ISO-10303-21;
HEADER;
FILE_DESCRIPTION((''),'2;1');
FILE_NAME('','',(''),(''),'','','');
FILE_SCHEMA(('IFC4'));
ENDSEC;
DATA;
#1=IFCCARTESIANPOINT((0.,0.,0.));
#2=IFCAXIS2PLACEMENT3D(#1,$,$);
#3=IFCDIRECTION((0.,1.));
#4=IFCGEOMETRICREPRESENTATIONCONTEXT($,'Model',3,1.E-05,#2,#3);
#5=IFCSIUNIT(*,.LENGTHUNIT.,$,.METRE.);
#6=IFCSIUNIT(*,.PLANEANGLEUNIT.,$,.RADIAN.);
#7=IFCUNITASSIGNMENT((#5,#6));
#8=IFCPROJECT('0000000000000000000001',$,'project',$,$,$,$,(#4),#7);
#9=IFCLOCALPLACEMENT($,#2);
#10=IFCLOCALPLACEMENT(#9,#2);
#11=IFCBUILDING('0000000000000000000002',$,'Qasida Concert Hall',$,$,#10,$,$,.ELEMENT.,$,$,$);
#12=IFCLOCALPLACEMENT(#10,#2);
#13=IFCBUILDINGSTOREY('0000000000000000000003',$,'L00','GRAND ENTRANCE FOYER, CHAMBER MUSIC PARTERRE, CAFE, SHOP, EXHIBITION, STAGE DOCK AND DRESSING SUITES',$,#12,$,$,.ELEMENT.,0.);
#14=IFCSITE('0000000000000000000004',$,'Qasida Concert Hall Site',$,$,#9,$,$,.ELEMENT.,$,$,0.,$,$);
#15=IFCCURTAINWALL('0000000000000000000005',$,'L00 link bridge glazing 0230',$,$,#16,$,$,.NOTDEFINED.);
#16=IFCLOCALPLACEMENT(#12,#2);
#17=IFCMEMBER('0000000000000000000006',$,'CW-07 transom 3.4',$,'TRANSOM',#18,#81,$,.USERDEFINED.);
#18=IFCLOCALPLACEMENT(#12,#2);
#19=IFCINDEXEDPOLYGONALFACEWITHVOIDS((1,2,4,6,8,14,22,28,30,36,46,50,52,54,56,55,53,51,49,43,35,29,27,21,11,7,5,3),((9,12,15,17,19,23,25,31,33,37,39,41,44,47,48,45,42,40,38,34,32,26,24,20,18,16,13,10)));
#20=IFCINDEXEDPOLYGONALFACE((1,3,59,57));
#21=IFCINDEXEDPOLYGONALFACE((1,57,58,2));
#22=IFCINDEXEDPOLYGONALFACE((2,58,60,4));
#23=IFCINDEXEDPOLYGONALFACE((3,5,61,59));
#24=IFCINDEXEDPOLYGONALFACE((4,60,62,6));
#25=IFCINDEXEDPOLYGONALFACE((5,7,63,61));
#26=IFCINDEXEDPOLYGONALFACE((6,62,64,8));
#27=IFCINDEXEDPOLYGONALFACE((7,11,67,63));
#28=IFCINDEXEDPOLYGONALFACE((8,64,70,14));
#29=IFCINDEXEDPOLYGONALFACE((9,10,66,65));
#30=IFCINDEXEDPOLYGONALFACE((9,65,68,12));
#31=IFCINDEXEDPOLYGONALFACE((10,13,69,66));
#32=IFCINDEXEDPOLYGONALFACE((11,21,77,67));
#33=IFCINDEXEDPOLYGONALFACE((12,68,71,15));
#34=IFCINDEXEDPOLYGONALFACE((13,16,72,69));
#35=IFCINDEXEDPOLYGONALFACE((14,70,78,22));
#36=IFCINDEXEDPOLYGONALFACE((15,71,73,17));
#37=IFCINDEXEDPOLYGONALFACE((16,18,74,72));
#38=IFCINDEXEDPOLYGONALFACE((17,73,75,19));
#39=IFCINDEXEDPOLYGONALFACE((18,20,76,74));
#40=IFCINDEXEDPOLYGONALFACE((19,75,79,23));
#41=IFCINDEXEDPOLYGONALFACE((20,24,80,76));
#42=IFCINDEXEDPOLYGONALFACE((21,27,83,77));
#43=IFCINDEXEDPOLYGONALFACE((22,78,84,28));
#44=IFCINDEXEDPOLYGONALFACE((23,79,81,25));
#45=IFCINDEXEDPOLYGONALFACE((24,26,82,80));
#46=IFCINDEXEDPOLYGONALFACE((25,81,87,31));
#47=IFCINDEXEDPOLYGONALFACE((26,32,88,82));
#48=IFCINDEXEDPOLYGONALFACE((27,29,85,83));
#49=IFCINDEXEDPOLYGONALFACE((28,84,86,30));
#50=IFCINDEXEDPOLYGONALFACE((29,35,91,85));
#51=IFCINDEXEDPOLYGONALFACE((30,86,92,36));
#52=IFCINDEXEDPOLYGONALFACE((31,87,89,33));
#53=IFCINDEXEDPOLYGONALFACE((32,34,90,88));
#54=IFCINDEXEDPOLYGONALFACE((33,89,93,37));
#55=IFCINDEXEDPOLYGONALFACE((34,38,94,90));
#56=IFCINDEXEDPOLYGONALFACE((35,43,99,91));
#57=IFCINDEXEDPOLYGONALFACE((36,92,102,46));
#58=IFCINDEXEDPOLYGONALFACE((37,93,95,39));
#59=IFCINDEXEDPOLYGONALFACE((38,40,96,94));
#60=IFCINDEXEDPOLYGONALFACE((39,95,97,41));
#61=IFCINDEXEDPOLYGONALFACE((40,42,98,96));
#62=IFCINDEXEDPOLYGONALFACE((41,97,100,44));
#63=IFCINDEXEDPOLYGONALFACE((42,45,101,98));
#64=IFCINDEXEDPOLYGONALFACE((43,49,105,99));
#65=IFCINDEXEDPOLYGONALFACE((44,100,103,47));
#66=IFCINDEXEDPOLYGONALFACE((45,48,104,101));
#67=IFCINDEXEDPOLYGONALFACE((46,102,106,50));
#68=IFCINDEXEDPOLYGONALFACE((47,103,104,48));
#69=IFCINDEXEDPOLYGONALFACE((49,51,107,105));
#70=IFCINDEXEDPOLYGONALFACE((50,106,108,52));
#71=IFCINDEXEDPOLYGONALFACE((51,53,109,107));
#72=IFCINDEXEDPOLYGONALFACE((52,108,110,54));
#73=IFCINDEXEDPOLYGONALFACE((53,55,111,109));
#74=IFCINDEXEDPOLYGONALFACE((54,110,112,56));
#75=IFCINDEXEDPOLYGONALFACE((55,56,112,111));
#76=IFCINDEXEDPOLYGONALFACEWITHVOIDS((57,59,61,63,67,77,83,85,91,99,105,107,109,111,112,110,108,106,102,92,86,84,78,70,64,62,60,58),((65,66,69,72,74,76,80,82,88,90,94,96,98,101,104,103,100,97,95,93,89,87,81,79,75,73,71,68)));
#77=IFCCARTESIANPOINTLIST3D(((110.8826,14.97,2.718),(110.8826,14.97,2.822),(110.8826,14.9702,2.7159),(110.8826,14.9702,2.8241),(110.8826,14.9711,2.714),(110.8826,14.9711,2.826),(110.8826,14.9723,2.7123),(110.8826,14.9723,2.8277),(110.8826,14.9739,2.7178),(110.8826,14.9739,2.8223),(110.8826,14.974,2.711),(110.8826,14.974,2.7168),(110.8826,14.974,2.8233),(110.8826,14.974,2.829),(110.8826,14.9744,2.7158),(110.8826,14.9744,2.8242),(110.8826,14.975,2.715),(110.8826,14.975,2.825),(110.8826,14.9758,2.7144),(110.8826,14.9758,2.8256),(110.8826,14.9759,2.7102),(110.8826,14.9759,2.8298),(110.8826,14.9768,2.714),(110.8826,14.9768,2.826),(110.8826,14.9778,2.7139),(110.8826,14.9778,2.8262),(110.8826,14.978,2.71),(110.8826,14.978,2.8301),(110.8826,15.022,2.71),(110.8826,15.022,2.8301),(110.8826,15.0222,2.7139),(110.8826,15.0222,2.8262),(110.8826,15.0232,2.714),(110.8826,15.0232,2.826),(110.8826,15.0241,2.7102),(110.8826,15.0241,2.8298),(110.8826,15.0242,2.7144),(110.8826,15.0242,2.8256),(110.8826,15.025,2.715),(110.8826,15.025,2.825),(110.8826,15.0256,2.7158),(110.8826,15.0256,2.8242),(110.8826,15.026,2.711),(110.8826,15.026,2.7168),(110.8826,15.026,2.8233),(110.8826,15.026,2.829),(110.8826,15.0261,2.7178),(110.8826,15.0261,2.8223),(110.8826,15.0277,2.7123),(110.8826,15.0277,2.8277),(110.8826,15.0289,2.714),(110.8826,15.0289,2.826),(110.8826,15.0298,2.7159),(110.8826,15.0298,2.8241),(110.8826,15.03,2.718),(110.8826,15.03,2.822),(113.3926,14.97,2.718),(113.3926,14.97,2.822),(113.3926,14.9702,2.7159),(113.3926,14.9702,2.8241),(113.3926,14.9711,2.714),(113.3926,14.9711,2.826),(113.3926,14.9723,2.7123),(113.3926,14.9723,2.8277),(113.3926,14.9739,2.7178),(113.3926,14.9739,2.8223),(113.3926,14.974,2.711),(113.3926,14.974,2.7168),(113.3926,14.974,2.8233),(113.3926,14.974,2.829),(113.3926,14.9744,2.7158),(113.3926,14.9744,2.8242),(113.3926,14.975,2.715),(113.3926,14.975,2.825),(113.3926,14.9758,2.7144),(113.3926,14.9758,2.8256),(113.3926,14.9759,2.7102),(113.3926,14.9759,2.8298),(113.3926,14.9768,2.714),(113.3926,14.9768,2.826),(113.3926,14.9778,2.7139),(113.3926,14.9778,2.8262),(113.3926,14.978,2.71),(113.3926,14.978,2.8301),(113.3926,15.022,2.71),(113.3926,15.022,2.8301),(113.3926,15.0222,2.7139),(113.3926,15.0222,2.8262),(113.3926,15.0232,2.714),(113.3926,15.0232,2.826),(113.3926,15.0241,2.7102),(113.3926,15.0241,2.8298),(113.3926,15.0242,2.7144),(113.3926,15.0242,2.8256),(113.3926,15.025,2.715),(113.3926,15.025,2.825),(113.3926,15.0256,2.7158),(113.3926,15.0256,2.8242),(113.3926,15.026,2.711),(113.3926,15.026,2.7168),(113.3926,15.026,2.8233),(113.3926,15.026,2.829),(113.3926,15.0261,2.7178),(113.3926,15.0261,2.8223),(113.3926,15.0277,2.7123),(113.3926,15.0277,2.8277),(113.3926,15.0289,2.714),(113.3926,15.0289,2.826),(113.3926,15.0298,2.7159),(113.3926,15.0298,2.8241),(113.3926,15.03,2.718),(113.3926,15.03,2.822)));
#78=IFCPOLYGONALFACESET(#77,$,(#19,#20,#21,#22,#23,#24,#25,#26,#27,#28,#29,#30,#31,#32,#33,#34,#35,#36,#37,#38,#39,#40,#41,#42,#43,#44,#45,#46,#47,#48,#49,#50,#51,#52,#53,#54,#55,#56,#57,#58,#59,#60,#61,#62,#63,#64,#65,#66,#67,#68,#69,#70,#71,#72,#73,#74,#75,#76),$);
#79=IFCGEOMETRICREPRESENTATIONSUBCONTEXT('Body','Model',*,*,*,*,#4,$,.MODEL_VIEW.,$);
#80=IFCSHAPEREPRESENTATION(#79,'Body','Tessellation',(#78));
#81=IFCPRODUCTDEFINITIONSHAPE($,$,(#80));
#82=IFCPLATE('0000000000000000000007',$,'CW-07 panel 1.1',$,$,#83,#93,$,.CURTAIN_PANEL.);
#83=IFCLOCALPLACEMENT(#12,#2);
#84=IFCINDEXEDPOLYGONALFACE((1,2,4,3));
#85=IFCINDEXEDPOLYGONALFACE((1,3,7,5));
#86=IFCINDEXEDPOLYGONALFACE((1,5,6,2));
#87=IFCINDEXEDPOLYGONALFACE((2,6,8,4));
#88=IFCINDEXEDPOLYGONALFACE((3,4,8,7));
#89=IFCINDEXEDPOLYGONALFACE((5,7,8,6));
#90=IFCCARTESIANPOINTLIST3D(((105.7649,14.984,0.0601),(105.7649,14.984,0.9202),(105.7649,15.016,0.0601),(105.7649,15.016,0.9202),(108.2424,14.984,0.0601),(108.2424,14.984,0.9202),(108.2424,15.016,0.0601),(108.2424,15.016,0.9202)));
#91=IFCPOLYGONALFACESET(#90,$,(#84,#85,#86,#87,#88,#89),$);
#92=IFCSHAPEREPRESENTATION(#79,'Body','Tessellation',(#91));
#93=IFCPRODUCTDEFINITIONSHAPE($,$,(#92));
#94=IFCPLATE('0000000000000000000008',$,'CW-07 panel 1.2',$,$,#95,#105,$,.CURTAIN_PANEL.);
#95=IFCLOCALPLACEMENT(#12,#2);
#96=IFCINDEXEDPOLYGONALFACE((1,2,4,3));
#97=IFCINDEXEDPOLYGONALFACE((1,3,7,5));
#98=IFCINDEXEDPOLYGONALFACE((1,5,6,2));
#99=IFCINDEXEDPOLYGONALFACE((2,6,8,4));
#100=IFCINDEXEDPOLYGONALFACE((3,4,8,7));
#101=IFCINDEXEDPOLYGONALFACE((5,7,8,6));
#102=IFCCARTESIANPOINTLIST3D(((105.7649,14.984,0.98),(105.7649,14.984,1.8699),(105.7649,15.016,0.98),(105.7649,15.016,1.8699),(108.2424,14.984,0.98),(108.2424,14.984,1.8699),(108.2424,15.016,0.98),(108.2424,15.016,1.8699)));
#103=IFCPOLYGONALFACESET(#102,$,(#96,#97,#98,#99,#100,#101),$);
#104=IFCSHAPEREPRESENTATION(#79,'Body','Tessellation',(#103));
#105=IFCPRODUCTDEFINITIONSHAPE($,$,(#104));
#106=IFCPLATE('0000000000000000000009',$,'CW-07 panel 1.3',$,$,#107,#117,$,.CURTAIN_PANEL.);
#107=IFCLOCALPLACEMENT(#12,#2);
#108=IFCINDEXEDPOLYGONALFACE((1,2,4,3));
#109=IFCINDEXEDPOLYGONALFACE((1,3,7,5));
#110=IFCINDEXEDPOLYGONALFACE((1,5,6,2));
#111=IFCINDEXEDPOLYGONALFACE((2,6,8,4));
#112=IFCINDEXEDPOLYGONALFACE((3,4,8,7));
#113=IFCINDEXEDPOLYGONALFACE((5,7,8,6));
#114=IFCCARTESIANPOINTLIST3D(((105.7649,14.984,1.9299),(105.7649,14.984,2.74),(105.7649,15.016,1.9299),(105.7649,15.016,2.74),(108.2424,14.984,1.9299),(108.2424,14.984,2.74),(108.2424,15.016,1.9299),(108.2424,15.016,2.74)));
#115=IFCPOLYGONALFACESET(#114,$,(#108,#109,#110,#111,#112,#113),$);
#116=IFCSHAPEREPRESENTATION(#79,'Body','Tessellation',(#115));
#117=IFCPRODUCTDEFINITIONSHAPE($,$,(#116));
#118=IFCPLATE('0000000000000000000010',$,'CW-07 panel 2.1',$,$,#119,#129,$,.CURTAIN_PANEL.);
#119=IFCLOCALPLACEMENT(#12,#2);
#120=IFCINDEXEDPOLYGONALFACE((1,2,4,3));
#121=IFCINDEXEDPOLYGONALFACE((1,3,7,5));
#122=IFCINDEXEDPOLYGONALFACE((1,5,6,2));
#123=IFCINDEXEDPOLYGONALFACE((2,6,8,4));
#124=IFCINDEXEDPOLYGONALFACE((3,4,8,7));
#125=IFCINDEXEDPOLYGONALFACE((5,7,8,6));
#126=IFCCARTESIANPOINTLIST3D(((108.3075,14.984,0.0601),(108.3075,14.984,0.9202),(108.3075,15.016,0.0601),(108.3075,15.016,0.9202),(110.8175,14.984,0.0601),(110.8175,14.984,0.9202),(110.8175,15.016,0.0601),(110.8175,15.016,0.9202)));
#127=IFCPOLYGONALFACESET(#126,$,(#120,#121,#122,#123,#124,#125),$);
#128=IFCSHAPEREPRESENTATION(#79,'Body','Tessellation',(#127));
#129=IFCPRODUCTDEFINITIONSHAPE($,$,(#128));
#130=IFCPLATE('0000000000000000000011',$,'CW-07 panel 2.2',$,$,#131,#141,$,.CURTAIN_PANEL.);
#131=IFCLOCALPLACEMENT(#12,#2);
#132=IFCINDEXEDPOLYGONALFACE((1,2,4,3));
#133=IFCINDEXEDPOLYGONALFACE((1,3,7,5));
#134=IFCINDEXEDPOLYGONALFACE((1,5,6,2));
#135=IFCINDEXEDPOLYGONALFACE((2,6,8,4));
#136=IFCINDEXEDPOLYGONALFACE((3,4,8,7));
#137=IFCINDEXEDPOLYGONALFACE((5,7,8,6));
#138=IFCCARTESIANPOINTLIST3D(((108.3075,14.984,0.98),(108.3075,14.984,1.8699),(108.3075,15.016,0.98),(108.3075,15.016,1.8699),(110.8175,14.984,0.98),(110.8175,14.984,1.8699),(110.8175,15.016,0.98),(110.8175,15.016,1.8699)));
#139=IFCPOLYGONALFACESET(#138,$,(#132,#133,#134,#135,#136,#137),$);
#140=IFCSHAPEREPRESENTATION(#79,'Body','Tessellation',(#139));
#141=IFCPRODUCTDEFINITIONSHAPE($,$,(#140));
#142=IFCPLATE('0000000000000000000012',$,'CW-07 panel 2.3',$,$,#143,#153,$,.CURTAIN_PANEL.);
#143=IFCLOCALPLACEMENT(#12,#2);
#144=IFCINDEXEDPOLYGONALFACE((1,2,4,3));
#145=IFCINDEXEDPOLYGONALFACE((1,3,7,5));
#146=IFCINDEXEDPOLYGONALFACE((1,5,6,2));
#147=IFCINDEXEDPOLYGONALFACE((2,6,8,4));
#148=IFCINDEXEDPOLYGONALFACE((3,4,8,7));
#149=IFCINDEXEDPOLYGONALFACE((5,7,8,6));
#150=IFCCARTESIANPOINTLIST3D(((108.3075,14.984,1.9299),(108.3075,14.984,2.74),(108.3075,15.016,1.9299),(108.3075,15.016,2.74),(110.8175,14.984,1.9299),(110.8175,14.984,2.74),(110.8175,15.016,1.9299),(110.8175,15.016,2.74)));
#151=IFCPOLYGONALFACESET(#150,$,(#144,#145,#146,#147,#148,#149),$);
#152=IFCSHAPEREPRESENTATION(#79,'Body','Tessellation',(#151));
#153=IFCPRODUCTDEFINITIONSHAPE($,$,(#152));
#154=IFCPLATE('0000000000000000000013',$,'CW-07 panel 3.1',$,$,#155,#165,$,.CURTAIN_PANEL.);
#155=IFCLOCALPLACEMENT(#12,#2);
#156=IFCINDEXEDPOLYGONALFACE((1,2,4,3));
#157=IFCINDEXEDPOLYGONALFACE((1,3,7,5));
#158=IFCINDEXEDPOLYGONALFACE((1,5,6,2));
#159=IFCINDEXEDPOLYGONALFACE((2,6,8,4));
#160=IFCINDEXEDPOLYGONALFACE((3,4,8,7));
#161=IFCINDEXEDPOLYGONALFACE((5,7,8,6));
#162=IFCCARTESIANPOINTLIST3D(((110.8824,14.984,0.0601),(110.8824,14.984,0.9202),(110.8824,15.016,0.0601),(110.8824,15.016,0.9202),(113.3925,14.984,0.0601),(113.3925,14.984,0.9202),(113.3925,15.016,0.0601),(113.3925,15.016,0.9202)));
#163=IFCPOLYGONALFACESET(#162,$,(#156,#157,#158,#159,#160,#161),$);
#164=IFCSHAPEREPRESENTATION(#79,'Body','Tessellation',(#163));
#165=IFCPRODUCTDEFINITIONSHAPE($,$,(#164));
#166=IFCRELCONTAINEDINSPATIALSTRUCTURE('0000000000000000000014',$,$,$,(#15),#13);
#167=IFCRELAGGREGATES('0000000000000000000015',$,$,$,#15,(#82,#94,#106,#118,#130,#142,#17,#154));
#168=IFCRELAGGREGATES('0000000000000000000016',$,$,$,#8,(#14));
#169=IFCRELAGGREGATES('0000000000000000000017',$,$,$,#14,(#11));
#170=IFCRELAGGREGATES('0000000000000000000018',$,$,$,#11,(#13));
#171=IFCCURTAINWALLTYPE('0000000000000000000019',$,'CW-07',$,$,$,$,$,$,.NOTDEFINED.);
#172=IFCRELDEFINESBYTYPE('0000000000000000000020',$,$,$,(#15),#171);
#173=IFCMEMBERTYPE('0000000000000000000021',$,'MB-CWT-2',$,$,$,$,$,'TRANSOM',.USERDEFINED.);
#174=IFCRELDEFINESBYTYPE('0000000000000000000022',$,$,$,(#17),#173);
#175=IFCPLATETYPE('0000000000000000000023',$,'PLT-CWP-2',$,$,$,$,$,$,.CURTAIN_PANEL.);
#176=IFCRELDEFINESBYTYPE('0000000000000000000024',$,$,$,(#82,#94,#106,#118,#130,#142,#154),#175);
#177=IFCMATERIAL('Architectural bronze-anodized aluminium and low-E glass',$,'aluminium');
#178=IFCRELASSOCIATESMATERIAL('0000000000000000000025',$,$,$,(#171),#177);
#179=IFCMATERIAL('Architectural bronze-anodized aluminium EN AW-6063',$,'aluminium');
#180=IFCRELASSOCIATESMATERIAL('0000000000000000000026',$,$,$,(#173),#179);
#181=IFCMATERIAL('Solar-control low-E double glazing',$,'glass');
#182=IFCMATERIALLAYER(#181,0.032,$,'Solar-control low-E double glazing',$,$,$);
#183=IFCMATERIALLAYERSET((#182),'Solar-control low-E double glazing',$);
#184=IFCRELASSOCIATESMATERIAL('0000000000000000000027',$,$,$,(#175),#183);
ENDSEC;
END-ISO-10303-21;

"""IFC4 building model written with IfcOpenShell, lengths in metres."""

from ifc_helpers import new_model, si_unit, direction, frame, origin, origin_2d, place, context, subcontext, project, spatial, rectangle, hollow_rectangle, extrude, material, layer, layer_set, material_profile, profile_set, type_object, element, aggregate, save


model = new_model("IFC4")

# Units and contexts
model_context = context("Model", 3, precision=1e-05, world=origin(), true_north=direction((0.0, 1.0)))
body_context = subcontext(model_context, "Body", "Model", "MODEL_VIEW")
ifc_project = project(units=[si_unit("LENGTHUNIT", "METRE"), si_unit("PLANEANGLEUNIT", "RADIAN")], contexts=[model_context])

# Site, building, storey
site_placement = place(None, origin())
site = spatial("IfcSite", under=ifc_project, at=site_placement, Name="Qasida Concert Hall Site", CompositionType="ELEMENT", RefElevation=0.0)
building_placement = place(site_placement, origin())
building = spatial("IfcBuilding", under=site, at=building_placement, Name="Qasida Concert Hall", CompositionType="ELEMENT")
storey_placement = place(building_placement, origin())
storey = spatial("IfcBuildingStorey", under=building, at=storey_placement, Name="L00", Description="GRAND ENTRANCE FOYER, CHAMBER MUSIC PARTERRE, CAFE, SHOP, EXHIBITION, STAGE DOCK AND DRESSING SUITES", CompositionType="ELEMENT", Elevation=0.0)

# Curtain wall, member, plates
ifc_material_1 = material(Name="Architectural bronze-anodized aluminium and low-E glass", Category="aluminium")
curtain_wall_type = type_object("IfcCurtainWallType", Name="CW-07", PredefinedType="NOTDEFINED", material=ifc_material_1)
curtain_wall_placement = place(storey_placement, origin())
curtain_wall = element("IfcCurtainWall", 1, at=curtain_wall_placement, inside=storey, type_object=curtain_wall_type, Name="L00 link bridge glazing 0230", PredefinedType="NOTDEFINED")
ifc_material_2 = material(Name="Architectural bronze-anodized aluminium EN AW-6063", Category="aluminium")
ifc_material_profile_1 = material_profile(ifc_material_2, hollow_rectangle(XDim=0.0601, YDim=0.1201, WallThickness=0.0039, InnerFilletRadius=0.0039, OuterFilletRadius=0.0081, at=origin_2d()), Name="CWT 120x60x4")
ifc_profile_set_1 = profile_set([ifc_material_profile_1], Name="Architectural bronze-anodized aluminium EN AW-6063")
member_type_1 = type_object("IfcMemberType", Name="MB-CWT-2", ElementType="TRANSOM", PredefinedType="USERDEFINED", material=ifc_profile_set_1)
member_1_placement = place(storey_placement, frame((110.8826, 15.0, 2.77), z_axis=(1.0, 0.0, 0.0), x_axis=(0.0, 1.0, 0.0)))
member_1 = element("IfcMember", 2, at=member_1_placement, type_object=member_type_1, Name="CW-07 transom 3.4", ObjectType="TRANSOM", PredefinedType="USERDEFINED", context=body_context, shape_type="SweptSolid", body=[
    extrude(hollow_rectangle(XDim=0.0601, YDim=0.1201, WallThickness=0.0039, InnerFilletRadius=0.0039, OuterFilletRadius=0.0081, at=origin_2d()), origin(), (0.0, 0.0, 1.0), 2.51),
])
ifc_material_3 = material(Name="Solar-control low-E double glazing", Category="glass")
ifc_layer = layer(ifc_material_3, 0.032, Name="Solar-control low-E double glazing")
ifc_layer_set = layer_set([ifc_layer], Name="Solar-control low-E double glazing")
plate_type = type_object("IfcPlateType", Name="PLT-CWP-2", PredefinedType="CURTAIN_PANEL", material=ifc_layer_set)
plate_1_placement = place(storey_placement, frame((107.0037, 15.0, 0.0601), z_axis=(0.0, 0.0, 1.0), x_axis=(1.0, 0.0, 0.0)))
plate_1 = element("IfcPlate", 3, at=plate_1_placement, type_object=plate_type, Name="CW-07 panel 1.1", PredefinedType="CURTAIN_PANEL", context=body_context, shape_type="SweptSolid", body=[
    extrude(rectangle(XDim=2.4775, YDim=0.032, at=origin_2d()), origin(), (0.0, 0.0, 1.0), 0.8601),
])
plate_2_placement = place(storey_placement, frame((107.0037, 15.0, 0.98), z_axis=(0.0, 0.0, 1.0), x_axis=(1.0, 0.0, 0.0)))
plate_2 = element("IfcPlate", 4, at=plate_2_placement, type_object=plate_type, Name="CW-07 panel 1.2", PredefinedType="CURTAIN_PANEL", context=body_context, shape_type="SweptSolid", body=[
    extrude(rectangle(XDim=2.4775, YDim=0.032, at=origin_2d()), origin(), (0.0, 0.0, 1.0), 0.8899),
])
plate_3_placement = place(storey_placement, frame((107.0037, 15.0, 1.9299), z_axis=(0.0, 0.0, 1.0), x_axis=(1.0, 0.0, 0.0)))
plate_3 = element("IfcPlate", 5, at=plate_3_placement, type_object=plate_type, Name="CW-07 panel 1.3", PredefinedType="CURTAIN_PANEL", context=body_context, shape_type="SweptSolid", body=[
    extrude(rectangle(XDim=2.4775, YDim=0.032, at=origin_2d()), origin(), (0.0, 0.0, 1.0), 0.8101),
])
plate_4_placement = place(storey_placement, frame((109.5625, 15.0, 0.0601), z_axis=(0.0, 0.0, 1.0), x_axis=(1.0, 0.0, 0.0)))
plate_4 = element("IfcPlate", 6, at=plate_4_placement, type_object=plate_type, Name="CW-07 panel 2.1", PredefinedType="CURTAIN_PANEL", context=body_context, shape_type="SweptSolid", body=[
    extrude(rectangle(XDim=2.51, YDim=0.032, at=origin_2d()), origin(), (0.0, 0.0, 1.0), 0.8601),
])
plate_5_placement = place(storey_placement, frame((109.5625, 15.0, 0.98), z_axis=(0.0, 0.0, 1.0), x_axis=(1.0, 0.0, 0.0)))
plate_5 = element("IfcPlate", 7, at=plate_5_placement, type_object=plate_type, Name="CW-07 panel 2.2", PredefinedType="CURTAIN_PANEL", context=body_context, shape_type="SweptSolid", body=[
    extrude(rectangle(XDim=2.51, YDim=0.032, at=origin_2d()), origin(), (0.0, 0.0, 1.0), 0.8899),
])
plate_6_placement = place(storey_placement, frame((109.5625, 15.0, 1.9299), z_axis=(0.0, 0.0, 1.0), x_axis=(1.0, 0.0, 0.0)))
plate_6 = element("IfcPlate", 8, at=plate_6_placement, type_object=plate_type, Name="CW-07 panel 2.3", PredefinedType="CURTAIN_PANEL", context=body_context, shape_type="SweptSolid", body=[
    extrude(rectangle(XDim=2.51, YDim=0.032, at=origin_2d()), origin(), (0.0, 0.0, 1.0), 0.8101),
])
plate_7_placement = place(storey_placement, frame((112.1375, 15.0, 0.0601), z_axis=(0.0, 0.0, 1.0), x_axis=(1.0, 0.0, 0.0)))
plate_7 = element("IfcPlate", 9, at=plate_7_placement, type_object=plate_type, Name="CW-07 panel 3.1", PredefinedType="CURTAIN_PANEL", context=body_context, shape_type="SweptSolid", body=[
    extrude(rectangle(XDim=2.51, YDim=0.032, at=origin_2d()), origin(), (0.0, 0.0, 1.0), 0.8601),
])
aggregate(curtain_wall, [plate_1, plate_2, plate_3, plate_4, plate_5, plate_6, member_1, plate_7])

save(model, "model.ifc")
